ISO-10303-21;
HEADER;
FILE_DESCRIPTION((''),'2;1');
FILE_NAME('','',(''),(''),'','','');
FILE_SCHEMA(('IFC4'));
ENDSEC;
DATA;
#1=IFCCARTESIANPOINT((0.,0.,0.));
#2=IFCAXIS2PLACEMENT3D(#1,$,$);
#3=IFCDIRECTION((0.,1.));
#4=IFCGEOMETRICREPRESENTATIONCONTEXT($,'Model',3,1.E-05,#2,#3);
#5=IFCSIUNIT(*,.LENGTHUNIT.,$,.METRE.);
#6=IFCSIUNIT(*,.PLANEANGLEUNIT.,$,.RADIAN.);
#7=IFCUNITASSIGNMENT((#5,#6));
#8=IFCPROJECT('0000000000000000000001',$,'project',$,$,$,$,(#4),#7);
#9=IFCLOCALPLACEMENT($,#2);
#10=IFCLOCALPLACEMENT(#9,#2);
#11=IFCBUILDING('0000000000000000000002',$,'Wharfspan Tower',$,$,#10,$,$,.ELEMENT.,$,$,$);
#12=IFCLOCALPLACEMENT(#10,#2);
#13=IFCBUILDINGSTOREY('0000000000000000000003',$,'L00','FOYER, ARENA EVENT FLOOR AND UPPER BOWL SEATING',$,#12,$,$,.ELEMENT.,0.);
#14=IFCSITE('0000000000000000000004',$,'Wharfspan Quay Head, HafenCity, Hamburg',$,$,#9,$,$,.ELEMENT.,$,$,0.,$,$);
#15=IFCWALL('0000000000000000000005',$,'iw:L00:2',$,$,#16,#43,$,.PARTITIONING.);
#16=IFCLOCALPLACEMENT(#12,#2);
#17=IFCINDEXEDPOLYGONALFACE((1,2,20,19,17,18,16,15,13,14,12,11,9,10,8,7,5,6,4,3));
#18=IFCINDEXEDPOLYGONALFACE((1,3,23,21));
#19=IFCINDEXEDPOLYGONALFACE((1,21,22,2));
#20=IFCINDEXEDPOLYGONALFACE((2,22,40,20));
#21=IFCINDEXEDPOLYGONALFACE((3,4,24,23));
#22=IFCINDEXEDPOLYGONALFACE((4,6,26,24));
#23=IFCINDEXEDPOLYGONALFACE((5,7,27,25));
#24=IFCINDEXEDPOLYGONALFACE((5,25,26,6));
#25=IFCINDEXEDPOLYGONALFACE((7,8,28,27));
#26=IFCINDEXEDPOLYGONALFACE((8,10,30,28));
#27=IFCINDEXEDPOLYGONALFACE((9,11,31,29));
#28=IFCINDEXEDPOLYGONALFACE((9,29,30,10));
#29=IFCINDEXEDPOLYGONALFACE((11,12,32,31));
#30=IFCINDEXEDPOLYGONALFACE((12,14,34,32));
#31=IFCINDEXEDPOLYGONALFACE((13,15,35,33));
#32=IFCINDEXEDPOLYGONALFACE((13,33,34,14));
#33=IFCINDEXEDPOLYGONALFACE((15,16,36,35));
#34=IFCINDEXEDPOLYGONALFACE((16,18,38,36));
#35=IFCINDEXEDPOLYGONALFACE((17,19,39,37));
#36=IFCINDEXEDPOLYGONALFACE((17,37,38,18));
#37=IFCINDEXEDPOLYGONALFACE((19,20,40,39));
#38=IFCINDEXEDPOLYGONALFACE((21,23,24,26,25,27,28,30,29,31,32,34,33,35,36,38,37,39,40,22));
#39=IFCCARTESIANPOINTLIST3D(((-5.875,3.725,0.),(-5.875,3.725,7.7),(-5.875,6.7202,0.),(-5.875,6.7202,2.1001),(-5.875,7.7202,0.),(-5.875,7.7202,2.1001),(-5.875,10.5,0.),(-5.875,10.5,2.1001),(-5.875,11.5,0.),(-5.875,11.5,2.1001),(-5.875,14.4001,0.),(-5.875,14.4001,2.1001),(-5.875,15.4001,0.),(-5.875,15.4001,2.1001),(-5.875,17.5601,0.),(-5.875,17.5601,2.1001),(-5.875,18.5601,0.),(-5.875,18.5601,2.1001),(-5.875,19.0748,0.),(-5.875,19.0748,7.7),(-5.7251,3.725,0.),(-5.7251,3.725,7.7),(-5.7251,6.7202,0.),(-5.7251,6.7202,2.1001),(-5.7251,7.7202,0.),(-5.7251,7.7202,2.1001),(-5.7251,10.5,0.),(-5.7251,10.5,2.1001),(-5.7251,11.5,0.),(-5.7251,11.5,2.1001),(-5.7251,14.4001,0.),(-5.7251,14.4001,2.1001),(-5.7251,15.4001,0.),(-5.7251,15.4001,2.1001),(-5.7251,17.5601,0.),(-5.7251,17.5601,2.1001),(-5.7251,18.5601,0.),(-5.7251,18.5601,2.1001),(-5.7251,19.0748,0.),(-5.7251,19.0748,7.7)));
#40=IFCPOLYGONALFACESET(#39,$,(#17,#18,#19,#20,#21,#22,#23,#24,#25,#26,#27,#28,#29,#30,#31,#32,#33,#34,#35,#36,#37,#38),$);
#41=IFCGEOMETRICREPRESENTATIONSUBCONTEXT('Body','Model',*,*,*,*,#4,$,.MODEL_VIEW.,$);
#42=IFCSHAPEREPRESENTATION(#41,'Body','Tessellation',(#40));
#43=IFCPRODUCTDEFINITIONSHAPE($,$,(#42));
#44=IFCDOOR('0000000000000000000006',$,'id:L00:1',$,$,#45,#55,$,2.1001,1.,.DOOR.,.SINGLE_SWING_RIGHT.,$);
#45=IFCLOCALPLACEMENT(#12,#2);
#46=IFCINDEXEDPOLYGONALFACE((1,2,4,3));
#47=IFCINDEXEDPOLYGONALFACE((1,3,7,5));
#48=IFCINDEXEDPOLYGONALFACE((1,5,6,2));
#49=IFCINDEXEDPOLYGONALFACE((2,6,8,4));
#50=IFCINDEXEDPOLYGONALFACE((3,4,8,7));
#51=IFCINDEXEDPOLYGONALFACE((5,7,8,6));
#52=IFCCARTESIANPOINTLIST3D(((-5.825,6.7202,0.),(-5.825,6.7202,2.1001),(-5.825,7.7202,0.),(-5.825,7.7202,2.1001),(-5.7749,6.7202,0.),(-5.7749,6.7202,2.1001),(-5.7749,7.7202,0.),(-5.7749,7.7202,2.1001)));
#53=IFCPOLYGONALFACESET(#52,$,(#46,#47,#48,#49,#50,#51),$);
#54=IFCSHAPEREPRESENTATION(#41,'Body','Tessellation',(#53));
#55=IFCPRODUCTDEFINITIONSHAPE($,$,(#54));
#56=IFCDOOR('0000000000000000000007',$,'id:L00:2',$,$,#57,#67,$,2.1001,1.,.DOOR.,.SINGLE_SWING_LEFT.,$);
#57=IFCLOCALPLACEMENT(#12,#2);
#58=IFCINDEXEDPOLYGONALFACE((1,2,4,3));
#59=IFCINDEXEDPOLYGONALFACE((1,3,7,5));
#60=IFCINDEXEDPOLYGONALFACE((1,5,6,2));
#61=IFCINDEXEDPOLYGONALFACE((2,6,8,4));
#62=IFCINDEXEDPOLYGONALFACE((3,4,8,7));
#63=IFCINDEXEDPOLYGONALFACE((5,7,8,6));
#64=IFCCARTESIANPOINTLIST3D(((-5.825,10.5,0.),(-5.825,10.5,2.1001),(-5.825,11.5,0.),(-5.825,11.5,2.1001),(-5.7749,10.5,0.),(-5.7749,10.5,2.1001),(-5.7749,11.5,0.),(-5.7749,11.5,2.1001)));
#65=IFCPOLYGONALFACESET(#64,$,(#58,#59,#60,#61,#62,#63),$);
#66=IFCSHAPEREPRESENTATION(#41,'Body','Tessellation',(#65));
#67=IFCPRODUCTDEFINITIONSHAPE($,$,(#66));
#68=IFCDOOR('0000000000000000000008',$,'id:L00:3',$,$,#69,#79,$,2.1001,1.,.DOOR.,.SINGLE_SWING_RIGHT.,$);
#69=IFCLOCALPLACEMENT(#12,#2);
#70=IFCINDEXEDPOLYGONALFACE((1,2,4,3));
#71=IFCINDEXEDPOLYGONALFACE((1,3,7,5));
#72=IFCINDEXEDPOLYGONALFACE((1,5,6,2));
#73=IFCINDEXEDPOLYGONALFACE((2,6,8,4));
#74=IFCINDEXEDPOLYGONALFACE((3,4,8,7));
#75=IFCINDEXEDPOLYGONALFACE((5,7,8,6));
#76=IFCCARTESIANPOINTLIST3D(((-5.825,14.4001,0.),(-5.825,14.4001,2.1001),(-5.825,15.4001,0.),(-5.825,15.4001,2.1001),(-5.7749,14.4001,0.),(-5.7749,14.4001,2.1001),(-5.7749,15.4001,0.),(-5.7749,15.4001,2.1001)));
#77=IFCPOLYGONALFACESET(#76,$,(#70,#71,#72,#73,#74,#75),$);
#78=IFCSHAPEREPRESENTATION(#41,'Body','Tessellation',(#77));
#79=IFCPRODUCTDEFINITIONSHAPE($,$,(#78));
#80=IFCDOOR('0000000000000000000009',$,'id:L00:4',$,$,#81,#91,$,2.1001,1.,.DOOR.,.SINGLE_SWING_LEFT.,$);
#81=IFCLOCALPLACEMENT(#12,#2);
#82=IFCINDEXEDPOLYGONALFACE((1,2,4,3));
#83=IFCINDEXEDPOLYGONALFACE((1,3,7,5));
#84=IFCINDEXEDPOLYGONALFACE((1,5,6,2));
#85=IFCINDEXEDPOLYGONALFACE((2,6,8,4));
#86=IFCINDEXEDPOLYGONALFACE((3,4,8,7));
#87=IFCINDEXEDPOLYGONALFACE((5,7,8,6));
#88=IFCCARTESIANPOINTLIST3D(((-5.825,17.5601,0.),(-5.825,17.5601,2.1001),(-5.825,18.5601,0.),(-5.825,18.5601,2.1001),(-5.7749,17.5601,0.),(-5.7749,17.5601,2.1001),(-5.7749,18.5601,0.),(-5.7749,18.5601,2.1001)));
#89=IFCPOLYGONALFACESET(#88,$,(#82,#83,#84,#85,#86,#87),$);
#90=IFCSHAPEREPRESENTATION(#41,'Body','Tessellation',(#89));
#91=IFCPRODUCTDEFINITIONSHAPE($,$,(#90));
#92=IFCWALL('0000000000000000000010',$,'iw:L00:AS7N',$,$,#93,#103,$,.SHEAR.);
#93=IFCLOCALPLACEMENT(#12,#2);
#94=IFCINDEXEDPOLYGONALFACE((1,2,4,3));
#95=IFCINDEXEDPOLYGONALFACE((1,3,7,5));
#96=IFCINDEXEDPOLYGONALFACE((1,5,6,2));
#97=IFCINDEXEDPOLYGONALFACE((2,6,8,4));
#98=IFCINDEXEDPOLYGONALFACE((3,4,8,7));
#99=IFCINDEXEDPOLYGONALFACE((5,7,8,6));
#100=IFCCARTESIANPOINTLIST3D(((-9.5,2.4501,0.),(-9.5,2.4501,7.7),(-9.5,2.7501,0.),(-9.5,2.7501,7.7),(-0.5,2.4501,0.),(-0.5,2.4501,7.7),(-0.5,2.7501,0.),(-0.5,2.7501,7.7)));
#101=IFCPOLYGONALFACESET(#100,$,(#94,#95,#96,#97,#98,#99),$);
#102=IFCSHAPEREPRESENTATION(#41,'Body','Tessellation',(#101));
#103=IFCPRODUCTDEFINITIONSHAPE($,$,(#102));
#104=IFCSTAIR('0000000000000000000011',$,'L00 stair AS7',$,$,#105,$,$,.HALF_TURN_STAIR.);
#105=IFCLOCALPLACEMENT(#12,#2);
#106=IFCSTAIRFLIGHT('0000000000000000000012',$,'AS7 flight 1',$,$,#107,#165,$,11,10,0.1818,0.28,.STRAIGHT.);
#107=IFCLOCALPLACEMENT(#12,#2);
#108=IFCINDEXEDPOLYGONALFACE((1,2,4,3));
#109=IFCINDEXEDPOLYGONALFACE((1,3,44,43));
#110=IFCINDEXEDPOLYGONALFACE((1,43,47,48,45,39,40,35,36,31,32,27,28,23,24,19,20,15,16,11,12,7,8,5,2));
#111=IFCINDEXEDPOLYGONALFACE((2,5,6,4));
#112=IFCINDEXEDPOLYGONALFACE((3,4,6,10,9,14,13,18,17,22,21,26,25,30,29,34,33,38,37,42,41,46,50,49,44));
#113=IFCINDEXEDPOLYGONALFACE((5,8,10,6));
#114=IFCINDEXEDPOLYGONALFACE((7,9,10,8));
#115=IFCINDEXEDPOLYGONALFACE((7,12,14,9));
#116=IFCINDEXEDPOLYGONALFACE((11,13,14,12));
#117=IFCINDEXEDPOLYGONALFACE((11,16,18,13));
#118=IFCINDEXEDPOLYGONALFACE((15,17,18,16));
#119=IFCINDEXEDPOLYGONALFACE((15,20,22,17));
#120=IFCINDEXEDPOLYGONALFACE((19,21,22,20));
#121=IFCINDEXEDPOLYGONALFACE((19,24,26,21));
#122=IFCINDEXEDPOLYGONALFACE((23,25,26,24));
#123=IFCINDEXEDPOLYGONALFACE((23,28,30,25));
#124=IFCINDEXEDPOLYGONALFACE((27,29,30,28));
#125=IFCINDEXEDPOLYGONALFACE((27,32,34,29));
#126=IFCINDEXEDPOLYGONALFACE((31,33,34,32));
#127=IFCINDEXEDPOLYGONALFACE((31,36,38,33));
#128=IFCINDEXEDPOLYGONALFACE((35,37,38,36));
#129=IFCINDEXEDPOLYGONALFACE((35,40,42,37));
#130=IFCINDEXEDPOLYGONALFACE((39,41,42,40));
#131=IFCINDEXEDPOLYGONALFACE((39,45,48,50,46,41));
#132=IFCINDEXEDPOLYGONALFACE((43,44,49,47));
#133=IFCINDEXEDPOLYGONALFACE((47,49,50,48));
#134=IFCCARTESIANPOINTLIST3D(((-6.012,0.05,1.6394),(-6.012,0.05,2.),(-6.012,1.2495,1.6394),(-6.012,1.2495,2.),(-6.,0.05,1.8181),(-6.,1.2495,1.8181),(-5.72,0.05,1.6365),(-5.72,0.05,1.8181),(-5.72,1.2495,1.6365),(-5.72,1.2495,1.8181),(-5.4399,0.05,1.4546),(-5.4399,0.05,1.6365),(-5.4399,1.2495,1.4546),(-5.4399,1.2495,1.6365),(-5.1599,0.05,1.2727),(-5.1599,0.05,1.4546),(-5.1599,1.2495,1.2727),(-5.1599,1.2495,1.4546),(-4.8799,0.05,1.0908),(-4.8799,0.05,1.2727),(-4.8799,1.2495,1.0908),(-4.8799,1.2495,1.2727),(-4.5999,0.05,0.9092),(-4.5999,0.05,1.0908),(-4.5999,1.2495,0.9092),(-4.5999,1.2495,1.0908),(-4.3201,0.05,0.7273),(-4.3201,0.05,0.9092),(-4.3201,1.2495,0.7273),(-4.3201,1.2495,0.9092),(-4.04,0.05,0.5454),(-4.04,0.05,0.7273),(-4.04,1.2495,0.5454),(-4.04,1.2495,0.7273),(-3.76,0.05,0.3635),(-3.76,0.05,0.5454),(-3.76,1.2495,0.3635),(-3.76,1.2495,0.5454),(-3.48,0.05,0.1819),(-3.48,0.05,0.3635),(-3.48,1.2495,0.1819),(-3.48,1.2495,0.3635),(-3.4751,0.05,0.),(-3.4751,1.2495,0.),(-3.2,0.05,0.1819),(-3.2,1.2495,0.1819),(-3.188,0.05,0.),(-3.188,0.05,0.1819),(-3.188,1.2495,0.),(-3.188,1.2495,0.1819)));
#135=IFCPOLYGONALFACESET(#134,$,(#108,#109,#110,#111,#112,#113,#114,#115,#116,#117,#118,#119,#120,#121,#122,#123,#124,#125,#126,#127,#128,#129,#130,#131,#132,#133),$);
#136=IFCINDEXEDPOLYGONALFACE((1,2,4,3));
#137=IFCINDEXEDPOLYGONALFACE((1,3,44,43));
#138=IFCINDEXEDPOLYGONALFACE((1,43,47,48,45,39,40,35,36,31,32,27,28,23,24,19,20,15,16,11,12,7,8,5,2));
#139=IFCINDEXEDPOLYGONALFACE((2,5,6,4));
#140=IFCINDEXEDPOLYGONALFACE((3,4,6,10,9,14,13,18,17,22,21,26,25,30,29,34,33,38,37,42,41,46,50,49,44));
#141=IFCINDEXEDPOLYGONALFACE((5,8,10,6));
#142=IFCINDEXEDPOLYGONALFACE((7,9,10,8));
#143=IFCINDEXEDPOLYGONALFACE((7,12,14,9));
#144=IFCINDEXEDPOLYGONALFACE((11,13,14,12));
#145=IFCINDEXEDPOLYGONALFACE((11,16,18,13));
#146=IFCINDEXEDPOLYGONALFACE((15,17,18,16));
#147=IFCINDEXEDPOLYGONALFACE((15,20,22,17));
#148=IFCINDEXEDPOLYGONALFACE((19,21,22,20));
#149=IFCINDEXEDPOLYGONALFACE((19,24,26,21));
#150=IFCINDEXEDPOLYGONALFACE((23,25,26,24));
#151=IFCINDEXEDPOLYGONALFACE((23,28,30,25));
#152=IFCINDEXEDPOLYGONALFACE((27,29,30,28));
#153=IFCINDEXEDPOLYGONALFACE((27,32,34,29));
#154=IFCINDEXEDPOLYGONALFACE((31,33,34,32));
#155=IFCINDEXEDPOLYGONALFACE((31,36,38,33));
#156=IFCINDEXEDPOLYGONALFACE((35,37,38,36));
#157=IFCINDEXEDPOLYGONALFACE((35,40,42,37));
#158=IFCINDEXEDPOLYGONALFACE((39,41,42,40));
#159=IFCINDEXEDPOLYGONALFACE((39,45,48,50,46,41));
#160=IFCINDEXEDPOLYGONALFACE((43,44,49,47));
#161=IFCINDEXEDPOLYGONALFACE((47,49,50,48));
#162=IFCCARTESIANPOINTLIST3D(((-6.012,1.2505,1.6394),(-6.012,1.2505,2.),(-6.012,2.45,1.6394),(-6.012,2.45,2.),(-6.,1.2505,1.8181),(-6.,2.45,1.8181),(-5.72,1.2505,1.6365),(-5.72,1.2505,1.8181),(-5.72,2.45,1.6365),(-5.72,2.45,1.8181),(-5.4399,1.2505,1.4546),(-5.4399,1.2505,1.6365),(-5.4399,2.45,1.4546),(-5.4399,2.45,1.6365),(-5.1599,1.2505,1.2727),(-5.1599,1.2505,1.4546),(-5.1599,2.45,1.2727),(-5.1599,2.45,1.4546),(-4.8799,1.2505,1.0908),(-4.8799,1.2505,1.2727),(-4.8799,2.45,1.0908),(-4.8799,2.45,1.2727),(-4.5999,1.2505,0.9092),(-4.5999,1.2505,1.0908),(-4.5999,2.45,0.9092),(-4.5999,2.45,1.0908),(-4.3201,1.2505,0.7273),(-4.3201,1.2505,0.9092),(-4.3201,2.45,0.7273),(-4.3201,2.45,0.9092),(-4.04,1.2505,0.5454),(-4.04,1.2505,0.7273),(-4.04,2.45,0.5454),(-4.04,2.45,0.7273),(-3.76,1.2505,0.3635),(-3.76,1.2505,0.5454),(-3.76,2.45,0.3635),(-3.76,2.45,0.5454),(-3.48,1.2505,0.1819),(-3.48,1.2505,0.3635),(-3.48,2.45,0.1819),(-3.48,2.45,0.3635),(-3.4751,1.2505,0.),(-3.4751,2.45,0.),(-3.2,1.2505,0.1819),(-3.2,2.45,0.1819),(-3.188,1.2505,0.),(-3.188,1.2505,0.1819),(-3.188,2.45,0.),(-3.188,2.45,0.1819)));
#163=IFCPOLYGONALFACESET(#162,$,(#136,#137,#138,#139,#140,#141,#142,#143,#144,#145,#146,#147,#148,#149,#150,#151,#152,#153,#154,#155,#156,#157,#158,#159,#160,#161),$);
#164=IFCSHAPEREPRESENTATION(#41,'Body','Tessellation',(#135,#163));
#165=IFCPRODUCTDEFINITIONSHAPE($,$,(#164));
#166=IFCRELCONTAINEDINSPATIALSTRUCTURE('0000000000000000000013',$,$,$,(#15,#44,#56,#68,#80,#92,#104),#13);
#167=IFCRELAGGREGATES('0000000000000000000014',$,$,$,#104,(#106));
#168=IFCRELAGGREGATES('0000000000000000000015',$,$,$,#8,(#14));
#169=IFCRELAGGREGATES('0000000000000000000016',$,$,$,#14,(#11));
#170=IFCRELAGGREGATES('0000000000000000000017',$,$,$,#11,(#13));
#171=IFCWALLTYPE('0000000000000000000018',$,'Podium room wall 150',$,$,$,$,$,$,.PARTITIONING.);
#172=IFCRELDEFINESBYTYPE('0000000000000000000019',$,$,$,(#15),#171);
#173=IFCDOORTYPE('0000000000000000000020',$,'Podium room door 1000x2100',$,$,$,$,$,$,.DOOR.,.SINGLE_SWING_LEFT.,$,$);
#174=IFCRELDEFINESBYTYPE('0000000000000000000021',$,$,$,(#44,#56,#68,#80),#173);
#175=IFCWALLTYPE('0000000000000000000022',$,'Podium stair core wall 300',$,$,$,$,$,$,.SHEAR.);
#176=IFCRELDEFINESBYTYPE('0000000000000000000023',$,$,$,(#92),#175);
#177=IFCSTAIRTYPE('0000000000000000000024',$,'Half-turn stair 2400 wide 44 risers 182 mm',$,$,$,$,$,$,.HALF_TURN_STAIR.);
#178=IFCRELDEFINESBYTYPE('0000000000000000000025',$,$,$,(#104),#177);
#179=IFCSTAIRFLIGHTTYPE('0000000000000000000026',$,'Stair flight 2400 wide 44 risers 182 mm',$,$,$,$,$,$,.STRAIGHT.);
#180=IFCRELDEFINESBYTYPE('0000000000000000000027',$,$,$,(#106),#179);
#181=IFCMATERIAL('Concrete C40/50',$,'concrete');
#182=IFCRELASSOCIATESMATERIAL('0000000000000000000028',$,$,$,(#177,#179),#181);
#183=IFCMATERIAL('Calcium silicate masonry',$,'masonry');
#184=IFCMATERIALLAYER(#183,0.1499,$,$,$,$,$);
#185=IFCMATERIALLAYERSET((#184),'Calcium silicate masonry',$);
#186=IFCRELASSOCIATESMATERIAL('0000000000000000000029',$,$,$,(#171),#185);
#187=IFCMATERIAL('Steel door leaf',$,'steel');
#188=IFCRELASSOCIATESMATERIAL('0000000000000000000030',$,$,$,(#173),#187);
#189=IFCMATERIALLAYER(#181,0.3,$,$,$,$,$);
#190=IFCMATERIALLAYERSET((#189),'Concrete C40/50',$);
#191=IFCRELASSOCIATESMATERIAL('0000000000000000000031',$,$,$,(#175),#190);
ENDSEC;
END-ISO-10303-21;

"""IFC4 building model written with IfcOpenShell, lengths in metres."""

from ifc_helpers import new_model, si_unit, direction, frame, frame_2d, origin, place, context, subcontext, project, spatial, polyline, rectangle, outline, extrude, material, layer, layer_set, type_object, element, fill, aggregate, save


model = new_model("IFC4")

# Units and contexts
model_context = context("Model", 3, precision=1e-05, world=origin(), true_north=direction((0.0, 1.0)))
body_context = subcontext(model_context, "Body", "Model", "MODEL_VIEW")
ifc_project = project(units=[si_unit("LENGTHUNIT", "METRE"), si_unit("PLANEANGLEUNIT", "RADIAN")], contexts=[model_context])

# Site, building, storey
site_placement = place(None, origin())
site = spatial("IfcSite", under=ifc_project, at=site_placement, Name="Wharfspan Quay Head, HafenCity, Hamburg", CompositionType="ELEMENT", RefElevation=0.0)
building_placement = place(site_placement, origin())
building = spatial("IfcBuilding", under=site, at=building_placement, Name="Wharfspan Tower", CompositionType="ELEMENT")
storey_placement = place(building_placement, origin())
storey = spatial("IfcBuildingStorey", under=building, at=storey_placement, Name="L00", Description="FOYER, ARENA EVENT FLOOR AND UPPER BOWL SEATING", CompositionType="ELEMENT", Elevation=0.0)

# Shared definitions
ifc_material_1 = material(Name="Concrete C40/50", Category="concrete")
stair_type_1 = type_object("IfcStairType", Name="Half-turn stair 2400 wide 44 risers 182 mm", PredefinedType="HALF_TURN_STAIR", material=ifc_material_1)

# Shared definitions
ifc_material_2 = material(Name="Calcium silicate masonry", Category="masonry")
ifc_layer_1 = layer(ifc_material_2, 0.1499)
ifc_layer_set_1 = layer_set([ifc_layer_1], Name="Calcium silicate masonry")
wall_type_1 = type_object("IfcWallType", Name="Podium room wall 150", PredefinedType="PARTITIONING", material=ifc_layer_set_1)

# Wall, openings, doors
wall_1_placement = place(storey_placement, frame((-5.8, 3.7251, 0.0), z_axis=(0.0, 0.0, 1.0), x_axis=(0.0, 1.0, 0.0)))
wall_1 = element("IfcWall", 1, at=wall_1_placement, inside=storey, type_object=wall_type_1, Name="iw:L00:2", PredefinedType="PARTITIONING", context=body_context, shape_type="SweptSolid", body=[
    extrude(rectangle(XDim=15.3499, YDim=0.1499, at=frame_2d((7.6748, 0.0))), origin(), (0.0, 0.0, 1.0), 7.7),
])
opening_1_placement = place(wall_1_placement, frame((2.9951, 0.0, 0.0)))
opening_1 = element("IfcOpeningElement", 2, at=opening_1_placement, cuts=wall_1, PredefinedType="OPENING", context=body_context, shape_type="SweptSolid", body=[
    extrude(rectangle(XDim=1.0, YDim=2.1001, at=frame_2d((0.5, 1.05))), frame((0.0, 0.085, 0.0), z_axis=(0.0, -1.0, 0.0), x_axis=(1.0, 0.0, 0.0)), (0.0, 0.0, 1.0), 0.1699),
])
opening_2_placement = place(wall_1_placement, frame((6.7749, 0.0, 0.0)))
opening_2 = element("IfcOpeningElement", 3, at=opening_2_placement, cuts=wall_1, PredefinedType="OPENING", context=body_context, shape_type="SweptSolid", body=[
    extrude(rectangle(XDim=1.0, YDim=2.1001, at=frame_2d((0.5, 1.05))), frame((0.0, 0.085, 0.0), z_axis=(0.0, -1.0, 0.0), x_axis=(1.0, 0.0, 0.0)), (0.0, 0.0, 1.0), 0.1699),
])
opening_3_placement = place(wall_1_placement, frame((10.675, 0.0, 0.0)))
opening_3 = element("IfcOpeningElement", 4, at=opening_3_placement, cuts=wall_1, PredefinedType="OPENING", context=body_context, shape_type="SweptSolid", body=[
    extrude(rectangle(XDim=1.0, YDim=2.1001, at=frame_2d((0.5, 1.05))), frame((0.0, 0.085, 0.0), z_axis=(0.0, -1.0, 0.0), x_axis=(1.0, 0.0, 0.0)), (0.0, 0.0, 1.0), 0.1699),
])
opening_4_placement = place(wall_1_placement, frame((13.835, 0.0, 0.0)))
opening_4 = element("IfcOpeningElement", 5, at=opening_4_placement, cuts=wall_1, PredefinedType="OPENING", context=body_context, shape_type="SweptSolid", body=[
    extrude(rectangle(XDim=1.0, YDim=2.1001, at=frame_2d((0.5, 1.05))), frame((0.0, 0.085, 0.0), z_axis=(0.0, -1.0, 0.0), x_axis=(1.0, 0.0, 0.0)), (0.0, 0.0, 1.0), 0.1699),
])
ifc_material_3 = material(Name="Steel door leaf", Category="steel")
door_type_1 = type_object("IfcDoorType", Name="Podium room door 1000x2100", OperationType="SINGLE_SWING_LEFT", PredefinedType="DOOR", material=ifc_material_3)
door_1_placement = place(opening_1_placement, origin())
door_1 = element("IfcDoor", 6, at=door_1_placement, inside=storey, type_object=door_type_1, Name="id:L00:1", OperationType="SINGLE_SWING_RIGHT", OverallHeight=2.1001, OverallWidth=1.0, PredefinedType="DOOR", context=body_context, shape_type="SweptSolid", body=[
    extrude(rectangle(XDim=1.0, YDim=2.1001, at=frame_2d((0.5, 1.05))), frame((0.0, 0.0249, 0.0), z_axis=(0.0, -1.0, 0.0), x_axis=(1.0, 0.0, 0.0)), (0.0, 0.0, 1.0), 0.05),
])
fill(opening_1, door_1)
door_2_placement = place(opening_2_placement, origin())
door_2 = element("IfcDoor", 7, at=door_2_placement, inside=storey, type_object=door_type_1, Name="id:L00:2", OperationType="SINGLE_SWING_LEFT", OverallHeight=2.1001, OverallWidth=1.0, PredefinedType="DOOR", context=body_context, shape_type="SweptSolid", body=[
    extrude(rectangle(XDim=1.0, YDim=2.1001, at=frame_2d((0.5, 1.05))), frame((0.0, 0.0249, 0.0), z_axis=(0.0, -1.0, 0.0), x_axis=(1.0, 0.0, 0.0)), (0.0, 0.0, 1.0), 0.05),
])
fill(opening_2, door_2)
door_3_placement = place(opening_3_placement, origin())
door_3 = element("IfcDoor", 8, at=door_3_placement, inside=storey, type_object=door_type_1, Name="id:L00:3", OperationType="SINGLE_SWING_RIGHT", OverallHeight=2.1001, OverallWidth=1.0, PredefinedType="DOOR", context=body_context, shape_type="SweptSolid", body=[
    extrude(rectangle(XDim=1.0, YDim=2.1001, at=frame_2d((0.5, 1.05))), frame((0.0, 0.0249, 0.0), z_axis=(0.0, -1.0, 0.0), x_axis=(1.0, 0.0, 0.0)), (0.0, 0.0, 1.0), 0.05),
])
fill(opening_3, door_3)
door_4_placement = place(opening_4_placement, origin())
door_4 = element("IfcDoor", 9, at=door_4_placement, inside=storey, type_object=door_type_1, Name="id:L00:4", OperationType="SINGLE_SWING_LEFT", OverallHeight=2.1001, OverallWidth=1.0, PredefinedType="DOOR", context=body_context, shape_type="SweptSolid", body=[
    extrude(rectangle(XDim=1.0, YDim=2.1001, at=frame_2d((0.5, 1.05))), frame((0.0, 0.0249, 0.0), z_axis=(0.0, -1.0, 0.0), x_axis=(1.0, 0.0, 0.0)), (0.0, 0.0, 1.0), 0.05),
])
fill(opening_4, door_4)

# Wall
ifc_layer_2 = layer(ifc_material_1, 0.3)
ifc_layer_set_2 = layer_set([ifc_layer_2], Name="Concrete C40/50")
wall_type_2 = type_object("IfcWallType", Name="Podium stair core wall 300", PredefinedType="SHEAR", material=ifc_layer_set_2)
wall_2_placement = place(storey_placement, frame((-9.5, 2.6001, 0.0), z_axis=(0.0, 0.0, 1.0), x_axis=(1.0, 0.0, 0.0)))
element("IfcWall", 10, at=wall_2_placement, inside=storey, type_object=wall_type_2, Name="iw:L00:AS7N", PredefinedType="SHEAR", context=body_context, shape_type="SweptSolid", body=[
    extrude(rectangle(XDim=9.0, YDim=0.3, at=frame_2d((4.5, 0.0))), origin(), (0.0, 0.0, 1.0), 7.7),
])

# Stair, stair flight
stair_1_placement = place(storey_placement, origin())
stair_1 = element("IfcStair", 11, at=stair_1_placement, inside=storey, type_object=stair_type_1, Name="L00 stair AS7", PredefinedType="HALF_TURN_STAIR")
stair_flight_type = type_object("IfcStairFlightType", Name="Stair flight 2400 wide 44 risers 182 mm", PredefinedType="STRAIGHT", material=ifc_material_1)
stair_flight_1_placement = place(storey_placement, frame((-3.2, 1.25, 0.0), z_axis=(0.0, 0.0, 1.0), x_axis=(-1.0, 0.0, 0.0)))
stair_flight_1 = element("IfcStairFlight", 12, at=stair_flight_1_placement, type_object=stair_flight_type, Name="AS7 flight 1", NumberOfRisers=11, NumberOfTreads=10, PredefinedType="STRAIGHT", RiserHeight=0.1818, TreadLength=0.28, context=body_context, shape_type="SweptSolid", body=[
    extrude(outline(polyline([(-0.012, 0.0), (-0.012, 0.1819), (0.0, 0.1819), (0.28, 0.1819), (0.28, 0.3635), (0.5601, 0.3635), (0.5601, 0.5454), (0.8401, 0.5454), (0.8401, 0.7273), (1.1201, 0.7273), (1.1201, 0.9092), (1.3999, 0.9092), (1.3999, 1.0908), (1.6799, 1.0908), (1.6799, 1.2727), (1.96, 1.2727), (1.96, 1.4546), (2.24, 1.4546), (2.24, 1.6365), (2.52, 1.6365), (2.52, 1.8181), (2.8, 1.8181), (2.812, 2.0), (2.812, 1.6394), (0.2751, 0.0), (-0.012, 0.0)])), frame((0.0, 1.2, 0.0), z_axis=(0.0, -1.0, 0.0), x_axis=(1.0, 0.0, 0.0)), (0.0, 0.0, 1.0), 1.1995),
    extrude(outline(polyline([(-0.012, 0.0), (-0.012, 0.1819), (0.0, 0.1819), (0.28, 0.1819), (0.28, 0.3635), (0.5601, 0.3635), (0.5601, 0.5454), (0.8401, 0.5454), (0.8401, 0.7273), (1.1201, 0.7273), (1.1201, 0.9092), (1.3999, 0.9092), (1.3999, 1.0908), (1.6799, 1.0908), (1.6799, 1.2727), (1.96, 1.2727), (1.96, 1.4546), (2.24, 1.4546), (2.24, 1.6365), (2.52, 1.6365), (2.52, 1.8181), (2.8, 1.8181), (2.812, 2.0), (2.812, 1.6394), (0.2751, 0.0), (-0.012, 0.0)])), frame((0.0, -0.0005, 0.0), z_axis=(0.0, -1.0, 0.0), x_axis=(1.0, 0.0, 0.0)), (0.0, 0.0, 1.0), 1.1995),
])
aggregate(stair_1, [stair_flight_1])

save(model, "model.ifc")
